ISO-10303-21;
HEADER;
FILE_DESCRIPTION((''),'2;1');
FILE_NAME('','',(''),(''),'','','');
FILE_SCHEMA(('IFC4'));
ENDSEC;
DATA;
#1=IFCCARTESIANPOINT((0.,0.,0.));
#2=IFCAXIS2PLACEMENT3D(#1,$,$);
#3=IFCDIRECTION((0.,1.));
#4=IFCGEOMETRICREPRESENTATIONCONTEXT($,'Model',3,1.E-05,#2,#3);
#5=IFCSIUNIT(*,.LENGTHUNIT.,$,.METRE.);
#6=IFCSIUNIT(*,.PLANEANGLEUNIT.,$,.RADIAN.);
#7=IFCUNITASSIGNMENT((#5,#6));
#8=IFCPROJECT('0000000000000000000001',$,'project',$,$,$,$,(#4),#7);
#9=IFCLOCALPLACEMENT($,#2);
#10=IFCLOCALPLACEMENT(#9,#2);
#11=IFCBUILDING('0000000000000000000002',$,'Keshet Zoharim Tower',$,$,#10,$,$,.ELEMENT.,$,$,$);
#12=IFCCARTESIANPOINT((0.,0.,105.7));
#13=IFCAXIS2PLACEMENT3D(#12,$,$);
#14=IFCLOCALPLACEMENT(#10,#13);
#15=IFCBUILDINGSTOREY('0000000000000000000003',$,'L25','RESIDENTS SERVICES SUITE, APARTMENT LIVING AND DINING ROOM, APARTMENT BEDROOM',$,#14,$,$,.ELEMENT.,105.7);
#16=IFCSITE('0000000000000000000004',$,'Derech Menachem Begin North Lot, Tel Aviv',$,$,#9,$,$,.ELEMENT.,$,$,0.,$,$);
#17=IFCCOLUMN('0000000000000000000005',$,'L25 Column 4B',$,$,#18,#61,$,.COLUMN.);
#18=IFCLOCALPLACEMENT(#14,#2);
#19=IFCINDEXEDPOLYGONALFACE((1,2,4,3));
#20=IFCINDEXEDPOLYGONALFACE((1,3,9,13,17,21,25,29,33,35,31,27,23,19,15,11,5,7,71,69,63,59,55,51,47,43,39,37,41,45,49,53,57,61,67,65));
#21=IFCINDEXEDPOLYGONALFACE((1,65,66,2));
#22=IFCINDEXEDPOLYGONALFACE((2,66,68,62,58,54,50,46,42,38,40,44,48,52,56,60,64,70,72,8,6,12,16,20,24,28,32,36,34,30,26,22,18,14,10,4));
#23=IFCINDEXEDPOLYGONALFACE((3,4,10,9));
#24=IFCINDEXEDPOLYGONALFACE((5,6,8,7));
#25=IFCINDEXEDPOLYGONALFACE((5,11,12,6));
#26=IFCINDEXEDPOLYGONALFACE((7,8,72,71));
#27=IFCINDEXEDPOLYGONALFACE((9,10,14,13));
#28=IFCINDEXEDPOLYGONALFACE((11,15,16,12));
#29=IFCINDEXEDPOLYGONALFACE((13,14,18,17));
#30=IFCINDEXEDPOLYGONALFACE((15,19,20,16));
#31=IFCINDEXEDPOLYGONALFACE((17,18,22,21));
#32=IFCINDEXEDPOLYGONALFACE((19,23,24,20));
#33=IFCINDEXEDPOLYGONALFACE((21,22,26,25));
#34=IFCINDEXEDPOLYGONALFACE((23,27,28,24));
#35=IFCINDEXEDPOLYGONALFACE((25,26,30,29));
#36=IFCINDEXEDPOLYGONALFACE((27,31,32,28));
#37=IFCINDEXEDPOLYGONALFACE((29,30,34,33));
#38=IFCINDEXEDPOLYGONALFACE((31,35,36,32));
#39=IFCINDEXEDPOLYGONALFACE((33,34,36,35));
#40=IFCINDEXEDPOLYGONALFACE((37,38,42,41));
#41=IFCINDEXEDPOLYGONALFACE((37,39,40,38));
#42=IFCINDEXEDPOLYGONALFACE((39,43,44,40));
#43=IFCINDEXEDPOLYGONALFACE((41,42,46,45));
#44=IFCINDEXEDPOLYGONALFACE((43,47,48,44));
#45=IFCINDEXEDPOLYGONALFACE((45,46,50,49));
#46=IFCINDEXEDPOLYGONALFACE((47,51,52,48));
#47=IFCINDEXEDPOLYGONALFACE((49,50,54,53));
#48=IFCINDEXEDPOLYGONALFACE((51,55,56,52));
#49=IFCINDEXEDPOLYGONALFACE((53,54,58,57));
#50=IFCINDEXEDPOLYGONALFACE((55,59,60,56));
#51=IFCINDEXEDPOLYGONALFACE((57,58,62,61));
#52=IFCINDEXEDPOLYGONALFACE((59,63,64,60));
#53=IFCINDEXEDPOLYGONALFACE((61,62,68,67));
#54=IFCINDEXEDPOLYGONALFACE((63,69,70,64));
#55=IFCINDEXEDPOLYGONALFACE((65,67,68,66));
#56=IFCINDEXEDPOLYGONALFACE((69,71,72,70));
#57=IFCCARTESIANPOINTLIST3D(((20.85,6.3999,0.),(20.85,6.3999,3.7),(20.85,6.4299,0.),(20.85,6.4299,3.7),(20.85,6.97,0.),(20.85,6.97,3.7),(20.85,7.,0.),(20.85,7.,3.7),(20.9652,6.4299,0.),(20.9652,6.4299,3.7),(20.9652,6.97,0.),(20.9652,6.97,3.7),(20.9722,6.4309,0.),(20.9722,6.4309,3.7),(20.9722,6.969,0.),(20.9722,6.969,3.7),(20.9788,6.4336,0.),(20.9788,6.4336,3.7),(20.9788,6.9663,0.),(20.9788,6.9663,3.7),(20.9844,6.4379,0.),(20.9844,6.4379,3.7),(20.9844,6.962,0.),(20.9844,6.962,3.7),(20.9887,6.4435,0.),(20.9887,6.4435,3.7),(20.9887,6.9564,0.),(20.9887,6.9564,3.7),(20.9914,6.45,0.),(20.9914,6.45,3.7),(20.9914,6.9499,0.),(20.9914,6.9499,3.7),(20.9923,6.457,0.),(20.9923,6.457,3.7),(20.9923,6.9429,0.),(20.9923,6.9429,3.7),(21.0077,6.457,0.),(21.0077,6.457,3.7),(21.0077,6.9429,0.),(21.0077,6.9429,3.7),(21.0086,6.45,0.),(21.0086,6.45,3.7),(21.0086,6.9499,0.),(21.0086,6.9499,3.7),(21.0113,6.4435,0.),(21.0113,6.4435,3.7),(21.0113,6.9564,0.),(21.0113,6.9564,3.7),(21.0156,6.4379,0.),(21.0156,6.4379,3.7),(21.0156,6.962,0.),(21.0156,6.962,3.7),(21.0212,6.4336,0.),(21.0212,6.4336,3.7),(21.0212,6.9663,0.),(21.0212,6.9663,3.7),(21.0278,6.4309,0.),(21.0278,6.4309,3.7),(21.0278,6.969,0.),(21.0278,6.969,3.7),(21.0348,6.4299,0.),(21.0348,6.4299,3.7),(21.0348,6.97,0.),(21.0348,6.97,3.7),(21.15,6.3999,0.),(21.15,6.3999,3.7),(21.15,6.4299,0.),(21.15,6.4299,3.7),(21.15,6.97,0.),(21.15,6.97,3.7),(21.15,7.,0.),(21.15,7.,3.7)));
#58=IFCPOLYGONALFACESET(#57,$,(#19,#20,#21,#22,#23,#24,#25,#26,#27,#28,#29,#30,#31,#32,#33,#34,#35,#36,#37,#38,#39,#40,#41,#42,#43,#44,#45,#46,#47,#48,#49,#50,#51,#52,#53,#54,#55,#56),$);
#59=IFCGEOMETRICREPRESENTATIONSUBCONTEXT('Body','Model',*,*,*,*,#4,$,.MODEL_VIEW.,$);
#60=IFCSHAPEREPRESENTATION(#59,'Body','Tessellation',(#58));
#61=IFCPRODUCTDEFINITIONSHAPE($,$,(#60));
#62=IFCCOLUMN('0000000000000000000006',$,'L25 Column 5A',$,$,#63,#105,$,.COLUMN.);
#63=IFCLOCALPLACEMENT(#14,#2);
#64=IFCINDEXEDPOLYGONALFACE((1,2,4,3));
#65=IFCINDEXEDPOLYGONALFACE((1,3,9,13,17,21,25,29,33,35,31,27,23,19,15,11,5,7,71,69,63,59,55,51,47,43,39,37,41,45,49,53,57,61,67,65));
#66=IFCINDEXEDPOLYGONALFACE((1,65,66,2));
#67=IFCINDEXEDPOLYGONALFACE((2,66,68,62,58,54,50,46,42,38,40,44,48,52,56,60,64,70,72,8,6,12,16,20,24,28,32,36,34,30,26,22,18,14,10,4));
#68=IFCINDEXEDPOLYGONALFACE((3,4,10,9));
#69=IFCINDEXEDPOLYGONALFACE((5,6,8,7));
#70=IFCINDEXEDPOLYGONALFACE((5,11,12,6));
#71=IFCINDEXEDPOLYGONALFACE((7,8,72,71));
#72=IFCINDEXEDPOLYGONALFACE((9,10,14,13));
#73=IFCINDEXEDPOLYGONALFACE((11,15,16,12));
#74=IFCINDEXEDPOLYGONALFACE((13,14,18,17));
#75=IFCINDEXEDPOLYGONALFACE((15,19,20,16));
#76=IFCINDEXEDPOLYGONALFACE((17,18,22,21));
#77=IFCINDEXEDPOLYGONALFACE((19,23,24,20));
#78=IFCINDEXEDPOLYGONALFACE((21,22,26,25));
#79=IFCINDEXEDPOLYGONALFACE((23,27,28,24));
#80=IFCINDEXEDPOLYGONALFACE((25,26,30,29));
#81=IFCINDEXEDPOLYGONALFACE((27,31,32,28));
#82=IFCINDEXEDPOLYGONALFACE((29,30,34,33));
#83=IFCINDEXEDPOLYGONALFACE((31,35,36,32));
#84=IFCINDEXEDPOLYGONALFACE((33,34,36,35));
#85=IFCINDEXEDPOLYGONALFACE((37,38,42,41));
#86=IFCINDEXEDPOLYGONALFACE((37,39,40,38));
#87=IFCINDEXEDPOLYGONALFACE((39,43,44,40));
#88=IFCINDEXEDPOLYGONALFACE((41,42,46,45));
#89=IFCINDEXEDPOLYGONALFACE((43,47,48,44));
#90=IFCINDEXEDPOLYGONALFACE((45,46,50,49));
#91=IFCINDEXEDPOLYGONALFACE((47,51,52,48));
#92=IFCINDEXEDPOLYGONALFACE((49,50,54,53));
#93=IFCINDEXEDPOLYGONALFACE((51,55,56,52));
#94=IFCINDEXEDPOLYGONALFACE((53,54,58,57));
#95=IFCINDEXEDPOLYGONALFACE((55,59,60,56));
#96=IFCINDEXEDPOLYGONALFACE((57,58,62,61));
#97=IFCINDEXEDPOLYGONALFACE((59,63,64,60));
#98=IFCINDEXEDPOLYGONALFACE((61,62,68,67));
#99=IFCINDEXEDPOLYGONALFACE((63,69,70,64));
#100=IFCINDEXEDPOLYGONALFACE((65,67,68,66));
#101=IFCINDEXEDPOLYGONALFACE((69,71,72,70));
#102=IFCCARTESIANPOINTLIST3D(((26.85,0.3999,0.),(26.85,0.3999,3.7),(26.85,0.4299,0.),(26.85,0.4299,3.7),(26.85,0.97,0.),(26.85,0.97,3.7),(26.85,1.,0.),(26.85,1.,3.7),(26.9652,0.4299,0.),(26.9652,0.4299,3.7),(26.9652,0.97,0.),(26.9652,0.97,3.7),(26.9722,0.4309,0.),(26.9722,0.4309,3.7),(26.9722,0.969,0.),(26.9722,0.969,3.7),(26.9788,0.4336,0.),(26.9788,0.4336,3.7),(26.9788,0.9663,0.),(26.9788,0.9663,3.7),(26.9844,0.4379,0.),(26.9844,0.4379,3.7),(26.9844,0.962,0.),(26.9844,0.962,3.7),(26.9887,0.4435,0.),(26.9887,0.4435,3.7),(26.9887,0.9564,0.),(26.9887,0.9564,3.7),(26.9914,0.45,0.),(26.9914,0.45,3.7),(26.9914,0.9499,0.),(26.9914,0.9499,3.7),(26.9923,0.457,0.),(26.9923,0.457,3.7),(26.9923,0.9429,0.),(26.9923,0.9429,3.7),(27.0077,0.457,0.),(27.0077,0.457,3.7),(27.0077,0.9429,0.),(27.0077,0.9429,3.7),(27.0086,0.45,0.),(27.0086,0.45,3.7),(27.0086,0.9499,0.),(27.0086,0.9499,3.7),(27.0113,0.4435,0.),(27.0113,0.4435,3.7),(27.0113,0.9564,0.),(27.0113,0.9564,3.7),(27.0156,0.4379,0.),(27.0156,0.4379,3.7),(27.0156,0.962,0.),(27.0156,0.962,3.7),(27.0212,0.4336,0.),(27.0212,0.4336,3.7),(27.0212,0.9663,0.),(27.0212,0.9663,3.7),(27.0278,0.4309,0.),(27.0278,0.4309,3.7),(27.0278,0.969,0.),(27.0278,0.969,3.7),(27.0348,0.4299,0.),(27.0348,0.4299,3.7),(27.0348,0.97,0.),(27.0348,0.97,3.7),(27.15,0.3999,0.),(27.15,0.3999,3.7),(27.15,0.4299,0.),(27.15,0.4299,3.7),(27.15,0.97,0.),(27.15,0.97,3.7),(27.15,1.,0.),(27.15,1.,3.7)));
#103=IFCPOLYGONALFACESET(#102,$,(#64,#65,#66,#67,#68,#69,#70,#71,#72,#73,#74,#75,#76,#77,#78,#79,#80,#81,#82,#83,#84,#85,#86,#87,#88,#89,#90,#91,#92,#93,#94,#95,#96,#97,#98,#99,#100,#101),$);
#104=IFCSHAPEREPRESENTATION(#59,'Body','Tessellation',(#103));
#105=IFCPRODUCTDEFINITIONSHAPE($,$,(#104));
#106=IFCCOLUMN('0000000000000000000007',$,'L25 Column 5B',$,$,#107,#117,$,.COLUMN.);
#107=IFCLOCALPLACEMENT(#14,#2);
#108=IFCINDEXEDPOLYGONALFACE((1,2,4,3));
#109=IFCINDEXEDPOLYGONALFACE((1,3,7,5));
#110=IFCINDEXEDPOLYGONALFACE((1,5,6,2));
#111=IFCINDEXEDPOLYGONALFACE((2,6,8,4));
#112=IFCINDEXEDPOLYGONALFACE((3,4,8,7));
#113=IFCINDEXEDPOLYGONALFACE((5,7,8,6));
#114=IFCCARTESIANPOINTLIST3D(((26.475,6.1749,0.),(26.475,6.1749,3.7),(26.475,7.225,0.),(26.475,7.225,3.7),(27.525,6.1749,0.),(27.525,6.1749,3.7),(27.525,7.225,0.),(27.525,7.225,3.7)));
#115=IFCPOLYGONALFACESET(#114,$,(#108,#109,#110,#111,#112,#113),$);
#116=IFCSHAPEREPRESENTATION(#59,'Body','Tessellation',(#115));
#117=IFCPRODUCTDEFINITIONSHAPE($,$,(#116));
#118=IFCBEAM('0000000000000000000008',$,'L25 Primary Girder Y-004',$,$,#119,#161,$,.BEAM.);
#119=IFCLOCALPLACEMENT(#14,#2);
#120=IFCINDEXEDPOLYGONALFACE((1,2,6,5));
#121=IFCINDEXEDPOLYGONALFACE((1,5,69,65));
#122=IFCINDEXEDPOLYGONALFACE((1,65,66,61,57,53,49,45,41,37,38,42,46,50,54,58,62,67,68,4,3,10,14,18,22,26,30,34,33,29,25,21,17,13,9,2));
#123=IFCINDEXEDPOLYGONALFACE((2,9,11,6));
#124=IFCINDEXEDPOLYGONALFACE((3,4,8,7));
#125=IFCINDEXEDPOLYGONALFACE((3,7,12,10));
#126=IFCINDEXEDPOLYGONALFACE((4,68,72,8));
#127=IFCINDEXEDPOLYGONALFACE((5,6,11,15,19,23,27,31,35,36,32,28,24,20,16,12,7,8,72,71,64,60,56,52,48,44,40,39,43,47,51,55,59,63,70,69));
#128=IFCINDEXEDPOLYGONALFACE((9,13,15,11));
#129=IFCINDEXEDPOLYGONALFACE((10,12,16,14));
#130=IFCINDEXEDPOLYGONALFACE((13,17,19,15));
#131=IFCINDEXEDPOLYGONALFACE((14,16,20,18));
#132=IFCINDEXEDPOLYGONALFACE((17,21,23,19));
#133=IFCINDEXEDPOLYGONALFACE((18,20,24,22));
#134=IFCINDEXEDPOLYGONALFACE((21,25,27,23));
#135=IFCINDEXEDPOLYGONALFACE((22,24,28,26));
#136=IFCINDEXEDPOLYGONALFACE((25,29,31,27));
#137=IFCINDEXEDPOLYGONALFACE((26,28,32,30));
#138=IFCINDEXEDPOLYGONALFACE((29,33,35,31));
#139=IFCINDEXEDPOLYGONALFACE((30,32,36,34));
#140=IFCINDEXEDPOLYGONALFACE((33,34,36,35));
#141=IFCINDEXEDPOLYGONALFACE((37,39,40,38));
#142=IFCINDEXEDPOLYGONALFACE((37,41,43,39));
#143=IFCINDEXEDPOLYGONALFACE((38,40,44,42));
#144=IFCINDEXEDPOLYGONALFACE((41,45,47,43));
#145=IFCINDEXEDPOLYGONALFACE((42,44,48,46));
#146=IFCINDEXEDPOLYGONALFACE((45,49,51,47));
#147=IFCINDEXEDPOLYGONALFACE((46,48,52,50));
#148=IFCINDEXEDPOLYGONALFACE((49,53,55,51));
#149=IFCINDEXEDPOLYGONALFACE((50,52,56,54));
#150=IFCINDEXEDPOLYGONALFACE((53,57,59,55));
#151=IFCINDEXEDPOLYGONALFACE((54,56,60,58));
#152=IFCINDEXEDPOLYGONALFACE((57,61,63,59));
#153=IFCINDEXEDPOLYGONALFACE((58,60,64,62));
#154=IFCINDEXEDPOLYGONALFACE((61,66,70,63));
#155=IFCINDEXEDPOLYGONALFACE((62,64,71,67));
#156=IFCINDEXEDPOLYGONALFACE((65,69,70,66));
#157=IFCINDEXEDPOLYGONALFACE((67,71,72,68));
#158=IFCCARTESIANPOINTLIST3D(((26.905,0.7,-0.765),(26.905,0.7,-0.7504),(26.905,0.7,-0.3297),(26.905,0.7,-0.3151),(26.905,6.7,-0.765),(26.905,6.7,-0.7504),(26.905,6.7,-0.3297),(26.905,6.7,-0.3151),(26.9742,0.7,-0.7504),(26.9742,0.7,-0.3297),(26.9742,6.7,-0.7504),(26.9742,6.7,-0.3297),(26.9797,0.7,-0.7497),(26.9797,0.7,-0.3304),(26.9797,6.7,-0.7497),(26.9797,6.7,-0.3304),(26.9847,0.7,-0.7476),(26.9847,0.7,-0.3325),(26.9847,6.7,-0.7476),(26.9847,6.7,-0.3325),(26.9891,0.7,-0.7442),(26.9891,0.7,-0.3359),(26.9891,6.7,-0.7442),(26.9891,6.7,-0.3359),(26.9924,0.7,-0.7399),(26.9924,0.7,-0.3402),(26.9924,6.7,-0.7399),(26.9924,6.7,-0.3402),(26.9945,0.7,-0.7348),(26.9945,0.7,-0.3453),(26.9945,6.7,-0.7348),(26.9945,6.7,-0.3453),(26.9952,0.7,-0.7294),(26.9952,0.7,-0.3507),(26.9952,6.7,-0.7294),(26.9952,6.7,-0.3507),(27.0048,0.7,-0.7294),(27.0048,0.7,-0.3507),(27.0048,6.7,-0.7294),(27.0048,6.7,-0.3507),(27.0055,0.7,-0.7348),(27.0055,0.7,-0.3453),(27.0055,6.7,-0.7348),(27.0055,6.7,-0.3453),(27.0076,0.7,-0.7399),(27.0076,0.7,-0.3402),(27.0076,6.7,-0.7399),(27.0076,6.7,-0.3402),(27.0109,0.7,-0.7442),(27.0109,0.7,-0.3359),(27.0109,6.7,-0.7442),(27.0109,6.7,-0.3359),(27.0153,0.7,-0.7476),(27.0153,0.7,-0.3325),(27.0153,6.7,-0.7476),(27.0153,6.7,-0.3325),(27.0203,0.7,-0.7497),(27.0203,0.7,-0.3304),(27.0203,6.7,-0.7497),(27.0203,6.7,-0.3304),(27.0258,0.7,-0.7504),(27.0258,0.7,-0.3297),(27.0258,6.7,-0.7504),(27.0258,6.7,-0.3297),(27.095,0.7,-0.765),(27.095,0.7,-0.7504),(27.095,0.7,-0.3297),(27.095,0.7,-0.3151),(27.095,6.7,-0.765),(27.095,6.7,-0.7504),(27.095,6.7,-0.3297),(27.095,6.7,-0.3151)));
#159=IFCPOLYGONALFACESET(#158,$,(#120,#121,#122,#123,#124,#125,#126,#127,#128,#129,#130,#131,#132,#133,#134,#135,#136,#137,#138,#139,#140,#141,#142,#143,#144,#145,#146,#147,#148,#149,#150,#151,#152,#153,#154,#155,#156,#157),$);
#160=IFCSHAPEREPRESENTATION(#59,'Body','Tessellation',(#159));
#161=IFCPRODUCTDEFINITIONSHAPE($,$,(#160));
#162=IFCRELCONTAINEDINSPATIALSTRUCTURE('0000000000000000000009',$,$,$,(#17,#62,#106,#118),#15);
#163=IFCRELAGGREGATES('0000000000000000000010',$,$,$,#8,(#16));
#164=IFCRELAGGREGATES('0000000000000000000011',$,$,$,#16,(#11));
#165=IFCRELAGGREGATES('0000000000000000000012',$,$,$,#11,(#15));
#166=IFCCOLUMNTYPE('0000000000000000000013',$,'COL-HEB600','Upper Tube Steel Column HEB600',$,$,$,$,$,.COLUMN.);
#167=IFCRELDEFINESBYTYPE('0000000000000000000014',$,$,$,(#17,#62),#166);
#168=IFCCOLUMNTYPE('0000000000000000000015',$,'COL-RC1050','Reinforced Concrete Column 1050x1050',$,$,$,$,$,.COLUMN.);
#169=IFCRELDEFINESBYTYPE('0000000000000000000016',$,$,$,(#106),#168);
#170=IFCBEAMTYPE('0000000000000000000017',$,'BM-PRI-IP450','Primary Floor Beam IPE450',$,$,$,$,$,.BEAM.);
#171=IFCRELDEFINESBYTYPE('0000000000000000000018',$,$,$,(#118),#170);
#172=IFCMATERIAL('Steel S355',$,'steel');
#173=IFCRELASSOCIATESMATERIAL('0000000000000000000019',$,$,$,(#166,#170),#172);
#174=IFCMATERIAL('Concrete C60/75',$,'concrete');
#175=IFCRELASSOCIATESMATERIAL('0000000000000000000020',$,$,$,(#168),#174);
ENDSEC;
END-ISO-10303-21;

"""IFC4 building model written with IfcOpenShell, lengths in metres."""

from ifc_helpers import new_model, si_unit, direction, frame, origin, origin_2d, place, context, subcontext, project, spatial, rectangle, i_section, extrude, material, material_profile, profile_set, type_object, element, save


model = new_model("IFC4")

# Units and contexts
model_context = context("Model", 3, precision=1e-05, world=origin(), true_north=direction((0.0, 1.0)))
body_context = subcontext(model_context, "Body", "Model", "MODEL_VIEW")
ifc_project = project(units=[si_unit("LENGTHUNIT", "METRE"), si_unit("PLANEANGLEUNIT", "RADIAN")], contexts=[model_context])

# Site, building, storey
site_placement = place(None, origin())
site = spatial("IfcSite", under=ifc_project, at=site_placement, Name="Derech Menachem Begin North Lot, Tel Aviv", CompositionType="ELEMENT", RefElevation=0.0)
building_placement = place(site_placement, origin())
building = spatial("IfcBuilding", under=site, at=building_placement, Name="Keshet Zoharim Tower", CompositionType="ELEMENT")
storey_placement = place(building_placement, frame((0.0, 0.0, 105.7)))
storey = spatial("IfcBuildingStorey", under=building, at=storey_placement, Name="L25", Description="RESIDENTS SERVICES SUITE, APARTMENT LIVING AND DINING ROOM, APARTMENT BEDROOM", CompositionType="ELEMENT", Elevation=105.7)

# Columns
ifc_material_1 = material(Name="Steel S355", Category="steel")
ifc_material_profile_1 = material_profile(ifc_material_1, i_section(OverallWidth=0.3, OverallDepth=0.6001, WebThickness=0.0154, FlangeThickness=0.03, FilletRadius=0.0271, at=origin_2d()), Name="HEB600")
ifc_profile_set_1 = profile_set([ifc_material_profile_1], Name="Steel S355")
column_type_1 = type_object("IfcColumnType", Name="COL-HEB600", Description="Upper Tube Steel Column HEB600", PredefinedType="COLUMN", material=ifc_profile_set_1)
for number, where, z_axis, x_axis, name in (
    (1, (21.0, 6.7, 0.0), (0.0, 0.0, 1.0), (1.0, 0.0, 0.0), "L25 Column 4B"),
    (2, (27.0, 0.7, 0.0), (0.0, 0.0, 1.0), (1.0, 0.0, 0.0), "L25 Column 5A"),
):
    element("IfcColumn", number, at=place(storey_placement, frame(where, z_axis=z_axis, x_axis=x_axis)), inside=storey, type_object=column_type_1, Name=name, PredefinedType="COLUMN", context=body_context, shape_type="SweptSolid", body=[
        extrude(i_section(OverallWidth=0.3, OverallDepth=0.6001, WebThickness=0.0154, FlangeThickness=0.03, FilletRadius=0.0271, at=origin_2d()), origin(), (0.0, 0.0, 1.0), 3.7),
    ])
ifc_material_2 = material(Name="Concrete C60/75", Category="concrete")
ifc_material_profile_2 = material_profile(ifc_material_2, rectangle(XDim=1.05, YDim=1.05, at=origin_2d()), Name="RC1050x1050")
ifc_profile_set_2 = profile_set([ifc_material_profile_2], Name="Concrete C60/75")
column_type_2 = type_object("IfcColumnType", Name="COL-RC1050", Description="Reinforced Concrete Column 1050x1050", PredefinedType="COLUMN", material=ifc_profile_set_2)
column_placement = place(storey_placement, frame((27.0, 6.7, 0.0), z_axis=(0.0, 0.0, 1.0), x_axis=(1.0, 0.0, 0.0)))
element("IfcColumn", 3, at=column_placement, inside=storey, type_object=column_type_2, Name="L25 Column 5B", PredefinedType="COLUMN", context=body_context, shape_type="SweptSolid", body=[
    extrude(rectangle(XDim=1.05, YDim=1.05, at=origin_2d()), origin(), (0.0, 0.0, 1.0), 3.7),
])

# Beam
ifc_material_profile_3 = material_profile(ifc_material_1, i_section(OverallWidth=0.1899, OverallDepth=0.45, WebThickness=0.0095, FlangeThickness=0.0146, FilletRadius=0.021, at=origin_2d()), Name="IPE450")
ifc_profile_set_3 = profile_set([ifc_material_profile_3], Name="Steel S355")
beam_type_1 = type_object("IfcBeamType", Name="BM-PRI-IP450", Description="Primary Floor Beam IPE450", PredefinedType="BEAM", material=ifc_profile_set_3)
beam_1_placement = place(storey_placement, frame((27.0, 0.7, -0.54), z_axis=(0.0, 1.0, 0.0), x_axis=(-1.0, 0.0, 0.0)))
element("IfcBeam", 4, at=beam_1_placement, inside=storey, type_object=beam_type_1, Name="L25 Primary Girder Y-004", PredefinedType="BEAM", context=body_context, shape_type="SweptSolid", body=[
    extrude(i_section(OverallWidth=0.1899, OverallDepth=0.45, WebThickness=0.0095, FlangeThickness=0.0146, FilletRadius=0.021, at=origin_2d()), origin(), (0.0, 0.0, 1.0), 6.0),
])

save(model, "model.ifc")
